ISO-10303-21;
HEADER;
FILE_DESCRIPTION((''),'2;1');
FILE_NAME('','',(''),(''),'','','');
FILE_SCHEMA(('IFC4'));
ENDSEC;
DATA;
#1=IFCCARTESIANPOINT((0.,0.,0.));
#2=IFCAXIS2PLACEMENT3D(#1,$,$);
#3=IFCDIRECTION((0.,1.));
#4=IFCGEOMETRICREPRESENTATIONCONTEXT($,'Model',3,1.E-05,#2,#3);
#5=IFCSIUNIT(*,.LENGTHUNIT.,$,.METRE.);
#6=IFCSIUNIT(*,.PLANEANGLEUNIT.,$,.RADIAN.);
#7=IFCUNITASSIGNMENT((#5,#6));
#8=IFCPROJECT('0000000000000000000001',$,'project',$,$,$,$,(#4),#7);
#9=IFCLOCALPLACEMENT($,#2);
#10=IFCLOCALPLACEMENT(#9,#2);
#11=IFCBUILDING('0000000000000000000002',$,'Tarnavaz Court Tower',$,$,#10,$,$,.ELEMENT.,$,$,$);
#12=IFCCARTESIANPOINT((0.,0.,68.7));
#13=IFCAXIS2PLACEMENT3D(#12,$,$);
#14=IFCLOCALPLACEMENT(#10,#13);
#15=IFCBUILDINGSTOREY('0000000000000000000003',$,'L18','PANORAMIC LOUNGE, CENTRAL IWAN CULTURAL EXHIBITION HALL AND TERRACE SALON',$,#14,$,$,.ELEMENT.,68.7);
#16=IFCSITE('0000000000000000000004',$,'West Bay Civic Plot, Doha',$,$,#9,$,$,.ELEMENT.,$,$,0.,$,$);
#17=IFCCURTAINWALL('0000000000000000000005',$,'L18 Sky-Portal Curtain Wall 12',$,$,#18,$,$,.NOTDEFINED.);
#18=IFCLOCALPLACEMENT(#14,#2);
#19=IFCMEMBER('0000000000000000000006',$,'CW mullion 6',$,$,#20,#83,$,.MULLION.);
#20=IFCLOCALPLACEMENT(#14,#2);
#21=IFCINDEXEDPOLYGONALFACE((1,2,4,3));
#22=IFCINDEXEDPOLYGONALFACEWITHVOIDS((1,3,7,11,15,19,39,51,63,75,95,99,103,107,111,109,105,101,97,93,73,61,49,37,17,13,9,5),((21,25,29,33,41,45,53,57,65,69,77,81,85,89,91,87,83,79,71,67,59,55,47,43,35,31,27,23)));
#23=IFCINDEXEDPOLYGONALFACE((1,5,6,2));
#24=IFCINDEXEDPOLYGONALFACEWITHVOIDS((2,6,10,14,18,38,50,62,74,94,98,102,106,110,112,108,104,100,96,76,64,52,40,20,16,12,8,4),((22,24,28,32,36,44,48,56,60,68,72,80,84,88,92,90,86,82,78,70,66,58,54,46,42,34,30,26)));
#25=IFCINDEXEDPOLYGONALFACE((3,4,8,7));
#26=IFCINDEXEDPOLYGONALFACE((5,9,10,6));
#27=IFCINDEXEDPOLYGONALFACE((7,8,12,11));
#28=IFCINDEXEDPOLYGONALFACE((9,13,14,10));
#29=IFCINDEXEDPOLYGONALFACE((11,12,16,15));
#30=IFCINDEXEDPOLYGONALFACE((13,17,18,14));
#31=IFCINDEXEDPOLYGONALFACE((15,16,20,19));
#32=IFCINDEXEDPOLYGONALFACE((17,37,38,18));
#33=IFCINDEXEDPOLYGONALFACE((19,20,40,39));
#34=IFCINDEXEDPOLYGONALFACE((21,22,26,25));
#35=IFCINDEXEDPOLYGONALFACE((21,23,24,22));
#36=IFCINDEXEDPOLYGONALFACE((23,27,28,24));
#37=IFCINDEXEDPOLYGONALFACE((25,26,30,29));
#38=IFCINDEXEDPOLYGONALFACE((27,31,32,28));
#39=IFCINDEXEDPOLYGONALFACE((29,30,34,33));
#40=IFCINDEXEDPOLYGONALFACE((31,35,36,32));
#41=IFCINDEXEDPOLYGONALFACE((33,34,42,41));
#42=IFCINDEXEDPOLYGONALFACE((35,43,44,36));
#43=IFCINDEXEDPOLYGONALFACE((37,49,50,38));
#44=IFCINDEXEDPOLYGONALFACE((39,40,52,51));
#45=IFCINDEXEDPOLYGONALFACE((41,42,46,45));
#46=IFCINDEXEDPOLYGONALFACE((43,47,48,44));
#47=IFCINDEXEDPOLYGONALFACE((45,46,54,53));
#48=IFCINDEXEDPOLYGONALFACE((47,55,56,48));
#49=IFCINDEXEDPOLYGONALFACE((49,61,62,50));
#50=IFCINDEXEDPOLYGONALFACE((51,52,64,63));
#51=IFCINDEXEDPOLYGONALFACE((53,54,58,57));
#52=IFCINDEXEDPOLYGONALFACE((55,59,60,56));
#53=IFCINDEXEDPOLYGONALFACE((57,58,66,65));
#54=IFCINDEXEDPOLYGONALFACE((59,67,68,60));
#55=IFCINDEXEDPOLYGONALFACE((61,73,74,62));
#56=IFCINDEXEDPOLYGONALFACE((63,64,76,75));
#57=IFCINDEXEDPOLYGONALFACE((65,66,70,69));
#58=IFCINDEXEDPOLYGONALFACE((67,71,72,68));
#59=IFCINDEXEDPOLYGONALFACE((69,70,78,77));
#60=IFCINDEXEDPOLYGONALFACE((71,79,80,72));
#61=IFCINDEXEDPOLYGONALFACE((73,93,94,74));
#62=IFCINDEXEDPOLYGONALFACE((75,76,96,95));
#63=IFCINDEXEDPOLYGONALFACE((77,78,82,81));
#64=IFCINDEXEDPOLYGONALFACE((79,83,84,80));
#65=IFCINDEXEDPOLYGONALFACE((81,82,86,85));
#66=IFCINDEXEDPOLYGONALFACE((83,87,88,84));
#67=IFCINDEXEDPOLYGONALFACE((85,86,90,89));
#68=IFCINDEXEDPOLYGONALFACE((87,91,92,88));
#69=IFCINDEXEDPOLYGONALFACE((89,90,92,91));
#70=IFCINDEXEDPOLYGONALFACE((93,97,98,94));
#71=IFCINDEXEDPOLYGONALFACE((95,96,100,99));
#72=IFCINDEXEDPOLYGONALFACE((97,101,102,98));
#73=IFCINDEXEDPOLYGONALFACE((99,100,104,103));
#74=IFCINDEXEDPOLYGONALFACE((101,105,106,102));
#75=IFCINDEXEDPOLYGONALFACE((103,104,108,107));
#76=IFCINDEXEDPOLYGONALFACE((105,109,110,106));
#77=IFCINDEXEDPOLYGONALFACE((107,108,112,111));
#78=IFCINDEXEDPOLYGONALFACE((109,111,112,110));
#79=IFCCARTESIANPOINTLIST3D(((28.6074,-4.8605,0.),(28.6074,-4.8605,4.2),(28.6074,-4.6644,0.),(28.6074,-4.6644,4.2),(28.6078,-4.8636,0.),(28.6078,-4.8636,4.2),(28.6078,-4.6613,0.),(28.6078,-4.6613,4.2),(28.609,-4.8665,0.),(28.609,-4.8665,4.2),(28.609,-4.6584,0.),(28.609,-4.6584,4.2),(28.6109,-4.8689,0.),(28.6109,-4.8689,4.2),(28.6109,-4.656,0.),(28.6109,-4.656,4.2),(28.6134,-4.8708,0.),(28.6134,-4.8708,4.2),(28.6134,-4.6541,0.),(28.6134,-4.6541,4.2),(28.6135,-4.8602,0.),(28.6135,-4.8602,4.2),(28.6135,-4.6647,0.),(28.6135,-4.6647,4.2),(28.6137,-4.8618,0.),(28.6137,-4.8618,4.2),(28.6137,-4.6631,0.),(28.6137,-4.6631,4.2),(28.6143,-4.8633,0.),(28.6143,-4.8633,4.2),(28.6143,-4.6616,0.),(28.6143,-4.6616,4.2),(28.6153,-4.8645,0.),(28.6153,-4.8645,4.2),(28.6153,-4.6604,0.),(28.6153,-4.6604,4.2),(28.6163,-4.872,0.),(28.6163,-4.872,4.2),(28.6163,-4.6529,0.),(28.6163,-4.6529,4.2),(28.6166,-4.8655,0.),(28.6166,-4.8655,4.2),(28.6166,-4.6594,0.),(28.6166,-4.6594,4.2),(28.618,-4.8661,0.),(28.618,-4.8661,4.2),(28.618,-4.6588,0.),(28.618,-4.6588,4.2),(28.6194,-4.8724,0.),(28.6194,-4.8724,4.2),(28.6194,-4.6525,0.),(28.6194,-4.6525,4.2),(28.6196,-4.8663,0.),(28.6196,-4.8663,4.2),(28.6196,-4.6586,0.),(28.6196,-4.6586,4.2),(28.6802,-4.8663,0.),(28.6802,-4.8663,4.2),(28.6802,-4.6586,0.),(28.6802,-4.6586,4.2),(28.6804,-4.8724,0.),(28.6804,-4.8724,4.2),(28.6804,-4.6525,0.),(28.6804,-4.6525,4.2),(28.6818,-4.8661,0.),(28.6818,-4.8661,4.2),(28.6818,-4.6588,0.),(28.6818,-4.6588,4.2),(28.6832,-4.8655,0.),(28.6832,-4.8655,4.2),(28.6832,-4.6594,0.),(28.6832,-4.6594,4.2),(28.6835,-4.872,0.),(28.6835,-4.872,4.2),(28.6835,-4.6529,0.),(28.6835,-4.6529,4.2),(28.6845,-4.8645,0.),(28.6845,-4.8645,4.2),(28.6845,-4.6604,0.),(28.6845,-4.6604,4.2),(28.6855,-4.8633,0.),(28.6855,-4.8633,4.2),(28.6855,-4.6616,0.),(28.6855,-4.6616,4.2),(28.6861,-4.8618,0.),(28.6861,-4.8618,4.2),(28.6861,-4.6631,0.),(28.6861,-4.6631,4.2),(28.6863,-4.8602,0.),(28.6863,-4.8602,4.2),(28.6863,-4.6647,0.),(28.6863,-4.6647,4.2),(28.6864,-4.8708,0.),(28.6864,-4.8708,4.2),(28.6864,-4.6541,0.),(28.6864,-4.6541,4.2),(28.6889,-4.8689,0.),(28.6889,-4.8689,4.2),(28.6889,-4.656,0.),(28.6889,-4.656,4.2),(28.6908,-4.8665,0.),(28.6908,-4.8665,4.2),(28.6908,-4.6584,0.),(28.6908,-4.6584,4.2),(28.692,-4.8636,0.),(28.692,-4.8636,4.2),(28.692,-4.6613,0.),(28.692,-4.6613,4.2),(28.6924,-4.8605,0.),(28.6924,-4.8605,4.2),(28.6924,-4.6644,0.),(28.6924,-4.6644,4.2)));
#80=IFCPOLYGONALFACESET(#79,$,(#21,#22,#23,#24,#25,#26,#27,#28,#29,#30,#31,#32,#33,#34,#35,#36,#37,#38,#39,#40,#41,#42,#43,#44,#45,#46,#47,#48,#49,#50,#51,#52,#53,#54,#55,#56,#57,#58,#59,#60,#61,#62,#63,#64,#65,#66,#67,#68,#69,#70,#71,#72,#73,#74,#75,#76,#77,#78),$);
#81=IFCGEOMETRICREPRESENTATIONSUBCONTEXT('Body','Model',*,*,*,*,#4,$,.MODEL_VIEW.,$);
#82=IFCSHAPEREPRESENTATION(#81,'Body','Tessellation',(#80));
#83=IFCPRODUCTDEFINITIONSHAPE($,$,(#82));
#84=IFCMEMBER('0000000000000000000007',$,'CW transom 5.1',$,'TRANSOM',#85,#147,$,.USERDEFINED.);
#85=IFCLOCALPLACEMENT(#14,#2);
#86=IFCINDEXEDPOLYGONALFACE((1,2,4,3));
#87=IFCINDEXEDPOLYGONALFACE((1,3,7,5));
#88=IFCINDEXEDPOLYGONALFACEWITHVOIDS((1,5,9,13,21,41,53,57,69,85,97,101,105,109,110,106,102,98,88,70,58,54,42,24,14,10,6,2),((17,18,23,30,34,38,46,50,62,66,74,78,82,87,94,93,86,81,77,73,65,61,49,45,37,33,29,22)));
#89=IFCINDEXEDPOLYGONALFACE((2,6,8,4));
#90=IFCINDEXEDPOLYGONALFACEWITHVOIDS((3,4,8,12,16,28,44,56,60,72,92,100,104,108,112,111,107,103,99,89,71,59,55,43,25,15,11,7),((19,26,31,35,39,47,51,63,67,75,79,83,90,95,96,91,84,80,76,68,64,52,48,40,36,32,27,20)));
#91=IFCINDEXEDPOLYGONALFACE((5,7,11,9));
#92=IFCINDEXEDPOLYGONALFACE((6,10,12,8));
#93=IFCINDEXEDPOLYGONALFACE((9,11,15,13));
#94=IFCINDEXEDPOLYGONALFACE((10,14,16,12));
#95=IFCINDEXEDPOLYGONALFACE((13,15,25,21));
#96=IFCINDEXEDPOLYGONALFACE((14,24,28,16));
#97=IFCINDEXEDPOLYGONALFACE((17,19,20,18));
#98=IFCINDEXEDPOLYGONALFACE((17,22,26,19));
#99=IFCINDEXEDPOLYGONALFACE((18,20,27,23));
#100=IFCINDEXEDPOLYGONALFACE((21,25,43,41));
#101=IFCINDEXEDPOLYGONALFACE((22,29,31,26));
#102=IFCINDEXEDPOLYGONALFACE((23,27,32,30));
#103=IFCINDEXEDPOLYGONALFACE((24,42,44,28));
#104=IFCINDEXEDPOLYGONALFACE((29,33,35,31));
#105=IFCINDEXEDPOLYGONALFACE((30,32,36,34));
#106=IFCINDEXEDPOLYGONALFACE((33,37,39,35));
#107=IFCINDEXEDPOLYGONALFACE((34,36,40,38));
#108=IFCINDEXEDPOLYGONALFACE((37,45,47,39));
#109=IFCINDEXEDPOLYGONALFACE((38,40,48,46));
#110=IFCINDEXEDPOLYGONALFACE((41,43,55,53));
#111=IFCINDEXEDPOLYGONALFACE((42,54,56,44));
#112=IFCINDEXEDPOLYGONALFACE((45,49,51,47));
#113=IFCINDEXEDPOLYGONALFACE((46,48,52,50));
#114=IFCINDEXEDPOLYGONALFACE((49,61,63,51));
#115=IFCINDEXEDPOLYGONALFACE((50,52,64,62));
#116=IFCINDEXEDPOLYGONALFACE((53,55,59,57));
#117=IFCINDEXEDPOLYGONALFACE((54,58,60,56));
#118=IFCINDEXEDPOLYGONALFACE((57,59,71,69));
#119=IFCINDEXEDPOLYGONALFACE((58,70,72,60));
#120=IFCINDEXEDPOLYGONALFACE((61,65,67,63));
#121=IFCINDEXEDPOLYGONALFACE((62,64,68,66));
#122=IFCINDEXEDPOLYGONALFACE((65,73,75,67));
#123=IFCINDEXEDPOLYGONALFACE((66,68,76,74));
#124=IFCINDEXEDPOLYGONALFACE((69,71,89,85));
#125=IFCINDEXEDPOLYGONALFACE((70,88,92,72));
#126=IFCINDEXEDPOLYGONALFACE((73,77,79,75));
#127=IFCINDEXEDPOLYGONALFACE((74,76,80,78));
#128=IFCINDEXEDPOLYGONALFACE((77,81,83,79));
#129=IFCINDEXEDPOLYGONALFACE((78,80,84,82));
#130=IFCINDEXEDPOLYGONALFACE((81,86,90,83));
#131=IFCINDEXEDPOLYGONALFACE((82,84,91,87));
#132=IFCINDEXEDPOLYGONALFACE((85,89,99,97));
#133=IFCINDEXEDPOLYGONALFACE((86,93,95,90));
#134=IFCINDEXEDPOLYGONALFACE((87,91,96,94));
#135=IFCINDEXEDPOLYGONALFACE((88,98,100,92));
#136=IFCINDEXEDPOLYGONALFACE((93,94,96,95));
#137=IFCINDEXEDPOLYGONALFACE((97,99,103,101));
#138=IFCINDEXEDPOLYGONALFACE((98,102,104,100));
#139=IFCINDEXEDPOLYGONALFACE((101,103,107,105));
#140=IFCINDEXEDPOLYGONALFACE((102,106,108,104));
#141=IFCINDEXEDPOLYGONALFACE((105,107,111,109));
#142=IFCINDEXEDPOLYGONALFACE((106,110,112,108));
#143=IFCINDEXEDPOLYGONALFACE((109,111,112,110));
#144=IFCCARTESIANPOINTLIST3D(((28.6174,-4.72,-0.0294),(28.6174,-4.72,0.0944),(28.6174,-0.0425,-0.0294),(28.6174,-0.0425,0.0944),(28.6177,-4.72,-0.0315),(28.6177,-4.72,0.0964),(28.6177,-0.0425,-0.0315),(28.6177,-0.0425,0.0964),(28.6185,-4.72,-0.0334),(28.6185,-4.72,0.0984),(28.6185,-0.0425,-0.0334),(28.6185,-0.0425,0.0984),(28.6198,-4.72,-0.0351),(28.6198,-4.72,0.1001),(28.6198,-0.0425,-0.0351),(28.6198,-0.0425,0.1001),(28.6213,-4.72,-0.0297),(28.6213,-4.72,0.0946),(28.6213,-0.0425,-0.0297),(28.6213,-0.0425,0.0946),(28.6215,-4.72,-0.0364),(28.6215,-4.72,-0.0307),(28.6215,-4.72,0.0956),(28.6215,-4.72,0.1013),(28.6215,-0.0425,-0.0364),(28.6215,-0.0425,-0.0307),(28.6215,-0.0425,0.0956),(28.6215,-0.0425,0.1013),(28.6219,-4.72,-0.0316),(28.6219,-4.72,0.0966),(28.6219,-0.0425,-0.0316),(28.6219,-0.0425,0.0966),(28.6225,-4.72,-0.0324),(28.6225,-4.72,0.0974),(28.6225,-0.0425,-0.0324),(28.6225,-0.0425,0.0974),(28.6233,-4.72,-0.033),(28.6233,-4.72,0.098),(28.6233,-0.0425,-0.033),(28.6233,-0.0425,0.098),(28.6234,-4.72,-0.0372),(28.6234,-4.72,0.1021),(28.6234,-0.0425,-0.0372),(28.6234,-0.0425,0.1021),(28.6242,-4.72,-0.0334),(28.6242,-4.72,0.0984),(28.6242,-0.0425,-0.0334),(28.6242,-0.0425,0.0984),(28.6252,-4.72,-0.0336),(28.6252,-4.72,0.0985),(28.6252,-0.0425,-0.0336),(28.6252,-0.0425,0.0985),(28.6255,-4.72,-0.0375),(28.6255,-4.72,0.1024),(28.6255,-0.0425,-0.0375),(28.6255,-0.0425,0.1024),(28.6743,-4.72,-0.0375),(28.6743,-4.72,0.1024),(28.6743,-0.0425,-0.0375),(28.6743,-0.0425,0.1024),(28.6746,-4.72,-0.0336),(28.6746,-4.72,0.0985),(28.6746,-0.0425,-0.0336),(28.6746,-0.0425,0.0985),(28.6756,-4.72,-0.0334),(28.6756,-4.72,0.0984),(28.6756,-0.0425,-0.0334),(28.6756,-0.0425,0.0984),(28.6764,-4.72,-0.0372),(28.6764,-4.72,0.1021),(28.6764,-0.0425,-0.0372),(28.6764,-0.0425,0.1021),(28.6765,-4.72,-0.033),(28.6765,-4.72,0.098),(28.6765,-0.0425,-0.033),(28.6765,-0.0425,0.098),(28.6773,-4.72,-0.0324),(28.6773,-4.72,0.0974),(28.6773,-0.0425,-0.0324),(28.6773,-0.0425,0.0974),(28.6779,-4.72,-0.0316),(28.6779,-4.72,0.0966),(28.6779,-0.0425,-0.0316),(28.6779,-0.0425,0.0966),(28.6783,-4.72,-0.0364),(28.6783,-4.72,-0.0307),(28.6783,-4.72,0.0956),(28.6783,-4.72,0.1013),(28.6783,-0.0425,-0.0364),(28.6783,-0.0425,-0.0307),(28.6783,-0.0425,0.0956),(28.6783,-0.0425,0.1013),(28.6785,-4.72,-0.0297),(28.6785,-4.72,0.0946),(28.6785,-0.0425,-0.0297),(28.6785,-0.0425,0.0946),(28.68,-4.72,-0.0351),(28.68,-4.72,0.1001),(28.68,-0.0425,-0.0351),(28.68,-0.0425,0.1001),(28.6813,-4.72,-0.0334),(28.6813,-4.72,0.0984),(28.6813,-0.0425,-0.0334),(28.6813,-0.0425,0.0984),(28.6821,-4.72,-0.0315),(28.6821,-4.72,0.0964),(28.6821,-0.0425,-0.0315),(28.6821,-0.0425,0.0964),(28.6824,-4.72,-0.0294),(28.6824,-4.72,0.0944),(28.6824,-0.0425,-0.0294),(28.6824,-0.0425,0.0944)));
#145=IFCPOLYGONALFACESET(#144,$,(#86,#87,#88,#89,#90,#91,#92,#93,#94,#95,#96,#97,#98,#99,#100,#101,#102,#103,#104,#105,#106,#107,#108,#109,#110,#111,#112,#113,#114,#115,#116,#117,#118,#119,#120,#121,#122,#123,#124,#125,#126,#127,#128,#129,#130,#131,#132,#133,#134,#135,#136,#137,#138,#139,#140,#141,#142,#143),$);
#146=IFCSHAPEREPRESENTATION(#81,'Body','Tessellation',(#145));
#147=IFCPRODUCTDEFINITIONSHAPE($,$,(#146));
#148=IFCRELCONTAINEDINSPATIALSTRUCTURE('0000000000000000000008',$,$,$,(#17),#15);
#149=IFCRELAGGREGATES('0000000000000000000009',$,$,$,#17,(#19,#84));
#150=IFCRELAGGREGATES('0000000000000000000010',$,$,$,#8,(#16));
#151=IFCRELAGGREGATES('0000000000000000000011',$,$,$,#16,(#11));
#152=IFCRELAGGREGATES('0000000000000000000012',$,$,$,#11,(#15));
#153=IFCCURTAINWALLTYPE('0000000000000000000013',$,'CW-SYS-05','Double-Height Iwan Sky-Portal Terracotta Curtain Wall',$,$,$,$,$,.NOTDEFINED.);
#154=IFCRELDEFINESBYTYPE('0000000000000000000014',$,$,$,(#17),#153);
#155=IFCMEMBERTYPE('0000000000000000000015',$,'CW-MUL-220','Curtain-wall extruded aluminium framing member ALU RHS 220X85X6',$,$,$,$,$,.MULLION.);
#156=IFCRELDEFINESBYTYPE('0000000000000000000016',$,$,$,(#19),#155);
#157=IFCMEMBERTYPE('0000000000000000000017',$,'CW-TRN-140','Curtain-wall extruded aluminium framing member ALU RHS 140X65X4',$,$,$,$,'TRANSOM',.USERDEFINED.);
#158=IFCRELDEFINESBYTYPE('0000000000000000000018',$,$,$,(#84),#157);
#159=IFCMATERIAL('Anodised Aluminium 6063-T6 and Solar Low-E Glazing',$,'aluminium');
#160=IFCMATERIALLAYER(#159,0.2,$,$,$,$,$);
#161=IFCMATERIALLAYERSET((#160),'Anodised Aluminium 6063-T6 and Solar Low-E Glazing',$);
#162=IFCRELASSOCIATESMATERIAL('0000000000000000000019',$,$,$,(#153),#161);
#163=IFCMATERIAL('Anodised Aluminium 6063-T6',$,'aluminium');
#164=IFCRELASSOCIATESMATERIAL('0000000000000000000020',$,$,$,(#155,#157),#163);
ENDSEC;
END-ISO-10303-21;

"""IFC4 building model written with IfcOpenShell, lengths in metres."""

from ifc_helpers import new_model, si_unit, direction, frame, origin, origin_2d, place, context, subcontext, project, spatial, hollow_rectangle, extrude, material, layer, layer_set, material_profile, profile_set, type_object, element, aggregate, save


model = new_model("IFC4")

# Units and contexts
model_context = context("Model", 3, precision=1e-05, world=origin(), true_north=direction((0.0, 1.0)))
body_context = subcontext(model_context, "Body", "Model", "MODEL_VIEW")
ifc_project = project(units=[si_unit("LENGTHUNIT", "METRE"), si_unit("PLANEANGLEUNIT", "RADIAN")], contexts=[model_context])

# Site, building, storey
site_placement = place(None, origin())
site = spatial("IfcSite", under=ifc_project, at=site_placement, Name="West Bay Civic Plot, Doha", CompositionType="ELEMENT", RefElevation=0.0)
building_placement = place(site_placement, origin())
building = spatial("IfcBuilding", under=site, at=building_placement, Name="Tarnavaz Court Tower", CompositionType="ELEMENT")
storey_placement = place(building_placement, frame((0.0, 0.0, 68.7)))
storey = spatial("IfcBuildingStorey", under=building, at=storey_placement, Name="L18", Description="PANORAMIC LOUNGE, CENTRAL IWAN CULTURAL EXHIBITION HALL AND TERRACE SALON", CompositionType="ELEMENT", Elevation=68.7)

# Curtain wall, members
ifc_material_1 = material(Name="Anodised Aluminium 6063-T6 and Solar Low-E Glazing", Category="aluminium")
ifc_layer_1 = layer(ifc_material_1, 0.2)
ifc_layer_set_1 = layer_set([ifc_layer_1], Name="Anodised Aluminium 6063-T6 and Solar Low-E Glazing")
curtain_wall_type = type_object("IfcCurtainWallType", Name="CW-SYS-05", Description="Double-Height Iwan Sky-Portal Terracotta Curtain Wall", PredefinedType="NOTDEFINED", material=ifc_layer_set_1)
curtain_wall_placement = place(storey_placement, origin())
curtain_wall = element("IfcCurtainWall", 1, at=curtain_wall_placement, inside=storey, type_object=curtain_wall_type, Name="L18 Sky-Portal Curtain Wall 12", PredefinedType="NOTDEFINED")
ifc_material_2 = material(Name="Anodised Aluminium 6063-T6", Category="aluminium")
ifc_material_profile_1 = material_profile(ifc_material_2, hollow_rectangle(XDim=0.085, YDim=0.22, WallThickness=0.0061, InnerFilletRadius=0.0061, OuterFilletRadius=0.012, at=origin_2d()), Name="ALU RHS 220X85X6")
ifc_profile_set_1 = profile_set([ifc_material_profile_1], Name="Anodised Aluminium 6063-T6")
member_type_1 = type_object("IfcMemberType", Name="CW-MUL-220", Description="Curtain-wall extruded aluminium framing member ALU RHS 220X85X6", PredefinedType="MULLION", material=ifc_profile_set_1)
member_1_placement = place(storey_placement, frame((28.6499, -4.7625, 0.0), z_axis=(0.0, 0.0, 1.0), x_axis=(1.0, 0.0, 0.0)))
member_1 = element("IfcMember", 2, at=member_1_placement, type_object=member_type_1, Name="CW mullion 6", PredefinedType="MULLION", context=body_context, shape_type="SweptSolid", body=[
    extrude(hollow_rectangle(XDim=0.085, YDim=0.22, WallThickness=0.0061, InnerFilletRadius=0.0061, OuterFilletRadius=0.012, at=origin_2d()), origin(), (0.0, 0.0, 1.0), 4.2),
])
ifc_material_profile_2 = material_profile(ifc_material_2, hollow_rectangle(XDim=0.0649, YDim=0.1399, WallThickness=0.0039, InnerFilletRadius=0.0039, OuterFilletRadius=0.0081, at=origin_2d()), Name="ALU RHS 140X65X4")
ifc_profile_set_2 = profile_set([ifc_material_profile_2], Name="Anodised Aluminium 6063-T6")
member_type_2 = type_object("IfcMemberType", Name="CW-TRN-140", Description="Curtain-wall extruded aluminium framing member ALU RHS 140X65X4", ElementType="TRANSOM", PredefinedType="USERDEFINED", material=ifc_profile_set_2)
member_2_placement = place(storey_placement, frame((28.6499, -0.0425, 0.0325), z_axis=(0.0, -1.0, 0.0), x_axis=(1.0, 0.0, 0.0)))
member_2 = element("IfcMember", 3, at=member_2_placement, type_object=member_type_2, Name="CW transom 5.1", ObjectType="TRANSOM", PredefinedType="USERDEFINED", context=body_context, shape_type="SweptSolid", body=[
    extrude(hollow_rectangle(XDim=0.0649, YDim=0.1399, WallThickness=0.0039, InnerFilletRadius=0.0039, OuterFilletRadius=0.0081, at=origin_2d()), origin(), (0.0, 0.0, 1.0), 4.6775),
])
aggregate(curtain_wall, [member_1, member_2])

save(model, "model.ifc")
